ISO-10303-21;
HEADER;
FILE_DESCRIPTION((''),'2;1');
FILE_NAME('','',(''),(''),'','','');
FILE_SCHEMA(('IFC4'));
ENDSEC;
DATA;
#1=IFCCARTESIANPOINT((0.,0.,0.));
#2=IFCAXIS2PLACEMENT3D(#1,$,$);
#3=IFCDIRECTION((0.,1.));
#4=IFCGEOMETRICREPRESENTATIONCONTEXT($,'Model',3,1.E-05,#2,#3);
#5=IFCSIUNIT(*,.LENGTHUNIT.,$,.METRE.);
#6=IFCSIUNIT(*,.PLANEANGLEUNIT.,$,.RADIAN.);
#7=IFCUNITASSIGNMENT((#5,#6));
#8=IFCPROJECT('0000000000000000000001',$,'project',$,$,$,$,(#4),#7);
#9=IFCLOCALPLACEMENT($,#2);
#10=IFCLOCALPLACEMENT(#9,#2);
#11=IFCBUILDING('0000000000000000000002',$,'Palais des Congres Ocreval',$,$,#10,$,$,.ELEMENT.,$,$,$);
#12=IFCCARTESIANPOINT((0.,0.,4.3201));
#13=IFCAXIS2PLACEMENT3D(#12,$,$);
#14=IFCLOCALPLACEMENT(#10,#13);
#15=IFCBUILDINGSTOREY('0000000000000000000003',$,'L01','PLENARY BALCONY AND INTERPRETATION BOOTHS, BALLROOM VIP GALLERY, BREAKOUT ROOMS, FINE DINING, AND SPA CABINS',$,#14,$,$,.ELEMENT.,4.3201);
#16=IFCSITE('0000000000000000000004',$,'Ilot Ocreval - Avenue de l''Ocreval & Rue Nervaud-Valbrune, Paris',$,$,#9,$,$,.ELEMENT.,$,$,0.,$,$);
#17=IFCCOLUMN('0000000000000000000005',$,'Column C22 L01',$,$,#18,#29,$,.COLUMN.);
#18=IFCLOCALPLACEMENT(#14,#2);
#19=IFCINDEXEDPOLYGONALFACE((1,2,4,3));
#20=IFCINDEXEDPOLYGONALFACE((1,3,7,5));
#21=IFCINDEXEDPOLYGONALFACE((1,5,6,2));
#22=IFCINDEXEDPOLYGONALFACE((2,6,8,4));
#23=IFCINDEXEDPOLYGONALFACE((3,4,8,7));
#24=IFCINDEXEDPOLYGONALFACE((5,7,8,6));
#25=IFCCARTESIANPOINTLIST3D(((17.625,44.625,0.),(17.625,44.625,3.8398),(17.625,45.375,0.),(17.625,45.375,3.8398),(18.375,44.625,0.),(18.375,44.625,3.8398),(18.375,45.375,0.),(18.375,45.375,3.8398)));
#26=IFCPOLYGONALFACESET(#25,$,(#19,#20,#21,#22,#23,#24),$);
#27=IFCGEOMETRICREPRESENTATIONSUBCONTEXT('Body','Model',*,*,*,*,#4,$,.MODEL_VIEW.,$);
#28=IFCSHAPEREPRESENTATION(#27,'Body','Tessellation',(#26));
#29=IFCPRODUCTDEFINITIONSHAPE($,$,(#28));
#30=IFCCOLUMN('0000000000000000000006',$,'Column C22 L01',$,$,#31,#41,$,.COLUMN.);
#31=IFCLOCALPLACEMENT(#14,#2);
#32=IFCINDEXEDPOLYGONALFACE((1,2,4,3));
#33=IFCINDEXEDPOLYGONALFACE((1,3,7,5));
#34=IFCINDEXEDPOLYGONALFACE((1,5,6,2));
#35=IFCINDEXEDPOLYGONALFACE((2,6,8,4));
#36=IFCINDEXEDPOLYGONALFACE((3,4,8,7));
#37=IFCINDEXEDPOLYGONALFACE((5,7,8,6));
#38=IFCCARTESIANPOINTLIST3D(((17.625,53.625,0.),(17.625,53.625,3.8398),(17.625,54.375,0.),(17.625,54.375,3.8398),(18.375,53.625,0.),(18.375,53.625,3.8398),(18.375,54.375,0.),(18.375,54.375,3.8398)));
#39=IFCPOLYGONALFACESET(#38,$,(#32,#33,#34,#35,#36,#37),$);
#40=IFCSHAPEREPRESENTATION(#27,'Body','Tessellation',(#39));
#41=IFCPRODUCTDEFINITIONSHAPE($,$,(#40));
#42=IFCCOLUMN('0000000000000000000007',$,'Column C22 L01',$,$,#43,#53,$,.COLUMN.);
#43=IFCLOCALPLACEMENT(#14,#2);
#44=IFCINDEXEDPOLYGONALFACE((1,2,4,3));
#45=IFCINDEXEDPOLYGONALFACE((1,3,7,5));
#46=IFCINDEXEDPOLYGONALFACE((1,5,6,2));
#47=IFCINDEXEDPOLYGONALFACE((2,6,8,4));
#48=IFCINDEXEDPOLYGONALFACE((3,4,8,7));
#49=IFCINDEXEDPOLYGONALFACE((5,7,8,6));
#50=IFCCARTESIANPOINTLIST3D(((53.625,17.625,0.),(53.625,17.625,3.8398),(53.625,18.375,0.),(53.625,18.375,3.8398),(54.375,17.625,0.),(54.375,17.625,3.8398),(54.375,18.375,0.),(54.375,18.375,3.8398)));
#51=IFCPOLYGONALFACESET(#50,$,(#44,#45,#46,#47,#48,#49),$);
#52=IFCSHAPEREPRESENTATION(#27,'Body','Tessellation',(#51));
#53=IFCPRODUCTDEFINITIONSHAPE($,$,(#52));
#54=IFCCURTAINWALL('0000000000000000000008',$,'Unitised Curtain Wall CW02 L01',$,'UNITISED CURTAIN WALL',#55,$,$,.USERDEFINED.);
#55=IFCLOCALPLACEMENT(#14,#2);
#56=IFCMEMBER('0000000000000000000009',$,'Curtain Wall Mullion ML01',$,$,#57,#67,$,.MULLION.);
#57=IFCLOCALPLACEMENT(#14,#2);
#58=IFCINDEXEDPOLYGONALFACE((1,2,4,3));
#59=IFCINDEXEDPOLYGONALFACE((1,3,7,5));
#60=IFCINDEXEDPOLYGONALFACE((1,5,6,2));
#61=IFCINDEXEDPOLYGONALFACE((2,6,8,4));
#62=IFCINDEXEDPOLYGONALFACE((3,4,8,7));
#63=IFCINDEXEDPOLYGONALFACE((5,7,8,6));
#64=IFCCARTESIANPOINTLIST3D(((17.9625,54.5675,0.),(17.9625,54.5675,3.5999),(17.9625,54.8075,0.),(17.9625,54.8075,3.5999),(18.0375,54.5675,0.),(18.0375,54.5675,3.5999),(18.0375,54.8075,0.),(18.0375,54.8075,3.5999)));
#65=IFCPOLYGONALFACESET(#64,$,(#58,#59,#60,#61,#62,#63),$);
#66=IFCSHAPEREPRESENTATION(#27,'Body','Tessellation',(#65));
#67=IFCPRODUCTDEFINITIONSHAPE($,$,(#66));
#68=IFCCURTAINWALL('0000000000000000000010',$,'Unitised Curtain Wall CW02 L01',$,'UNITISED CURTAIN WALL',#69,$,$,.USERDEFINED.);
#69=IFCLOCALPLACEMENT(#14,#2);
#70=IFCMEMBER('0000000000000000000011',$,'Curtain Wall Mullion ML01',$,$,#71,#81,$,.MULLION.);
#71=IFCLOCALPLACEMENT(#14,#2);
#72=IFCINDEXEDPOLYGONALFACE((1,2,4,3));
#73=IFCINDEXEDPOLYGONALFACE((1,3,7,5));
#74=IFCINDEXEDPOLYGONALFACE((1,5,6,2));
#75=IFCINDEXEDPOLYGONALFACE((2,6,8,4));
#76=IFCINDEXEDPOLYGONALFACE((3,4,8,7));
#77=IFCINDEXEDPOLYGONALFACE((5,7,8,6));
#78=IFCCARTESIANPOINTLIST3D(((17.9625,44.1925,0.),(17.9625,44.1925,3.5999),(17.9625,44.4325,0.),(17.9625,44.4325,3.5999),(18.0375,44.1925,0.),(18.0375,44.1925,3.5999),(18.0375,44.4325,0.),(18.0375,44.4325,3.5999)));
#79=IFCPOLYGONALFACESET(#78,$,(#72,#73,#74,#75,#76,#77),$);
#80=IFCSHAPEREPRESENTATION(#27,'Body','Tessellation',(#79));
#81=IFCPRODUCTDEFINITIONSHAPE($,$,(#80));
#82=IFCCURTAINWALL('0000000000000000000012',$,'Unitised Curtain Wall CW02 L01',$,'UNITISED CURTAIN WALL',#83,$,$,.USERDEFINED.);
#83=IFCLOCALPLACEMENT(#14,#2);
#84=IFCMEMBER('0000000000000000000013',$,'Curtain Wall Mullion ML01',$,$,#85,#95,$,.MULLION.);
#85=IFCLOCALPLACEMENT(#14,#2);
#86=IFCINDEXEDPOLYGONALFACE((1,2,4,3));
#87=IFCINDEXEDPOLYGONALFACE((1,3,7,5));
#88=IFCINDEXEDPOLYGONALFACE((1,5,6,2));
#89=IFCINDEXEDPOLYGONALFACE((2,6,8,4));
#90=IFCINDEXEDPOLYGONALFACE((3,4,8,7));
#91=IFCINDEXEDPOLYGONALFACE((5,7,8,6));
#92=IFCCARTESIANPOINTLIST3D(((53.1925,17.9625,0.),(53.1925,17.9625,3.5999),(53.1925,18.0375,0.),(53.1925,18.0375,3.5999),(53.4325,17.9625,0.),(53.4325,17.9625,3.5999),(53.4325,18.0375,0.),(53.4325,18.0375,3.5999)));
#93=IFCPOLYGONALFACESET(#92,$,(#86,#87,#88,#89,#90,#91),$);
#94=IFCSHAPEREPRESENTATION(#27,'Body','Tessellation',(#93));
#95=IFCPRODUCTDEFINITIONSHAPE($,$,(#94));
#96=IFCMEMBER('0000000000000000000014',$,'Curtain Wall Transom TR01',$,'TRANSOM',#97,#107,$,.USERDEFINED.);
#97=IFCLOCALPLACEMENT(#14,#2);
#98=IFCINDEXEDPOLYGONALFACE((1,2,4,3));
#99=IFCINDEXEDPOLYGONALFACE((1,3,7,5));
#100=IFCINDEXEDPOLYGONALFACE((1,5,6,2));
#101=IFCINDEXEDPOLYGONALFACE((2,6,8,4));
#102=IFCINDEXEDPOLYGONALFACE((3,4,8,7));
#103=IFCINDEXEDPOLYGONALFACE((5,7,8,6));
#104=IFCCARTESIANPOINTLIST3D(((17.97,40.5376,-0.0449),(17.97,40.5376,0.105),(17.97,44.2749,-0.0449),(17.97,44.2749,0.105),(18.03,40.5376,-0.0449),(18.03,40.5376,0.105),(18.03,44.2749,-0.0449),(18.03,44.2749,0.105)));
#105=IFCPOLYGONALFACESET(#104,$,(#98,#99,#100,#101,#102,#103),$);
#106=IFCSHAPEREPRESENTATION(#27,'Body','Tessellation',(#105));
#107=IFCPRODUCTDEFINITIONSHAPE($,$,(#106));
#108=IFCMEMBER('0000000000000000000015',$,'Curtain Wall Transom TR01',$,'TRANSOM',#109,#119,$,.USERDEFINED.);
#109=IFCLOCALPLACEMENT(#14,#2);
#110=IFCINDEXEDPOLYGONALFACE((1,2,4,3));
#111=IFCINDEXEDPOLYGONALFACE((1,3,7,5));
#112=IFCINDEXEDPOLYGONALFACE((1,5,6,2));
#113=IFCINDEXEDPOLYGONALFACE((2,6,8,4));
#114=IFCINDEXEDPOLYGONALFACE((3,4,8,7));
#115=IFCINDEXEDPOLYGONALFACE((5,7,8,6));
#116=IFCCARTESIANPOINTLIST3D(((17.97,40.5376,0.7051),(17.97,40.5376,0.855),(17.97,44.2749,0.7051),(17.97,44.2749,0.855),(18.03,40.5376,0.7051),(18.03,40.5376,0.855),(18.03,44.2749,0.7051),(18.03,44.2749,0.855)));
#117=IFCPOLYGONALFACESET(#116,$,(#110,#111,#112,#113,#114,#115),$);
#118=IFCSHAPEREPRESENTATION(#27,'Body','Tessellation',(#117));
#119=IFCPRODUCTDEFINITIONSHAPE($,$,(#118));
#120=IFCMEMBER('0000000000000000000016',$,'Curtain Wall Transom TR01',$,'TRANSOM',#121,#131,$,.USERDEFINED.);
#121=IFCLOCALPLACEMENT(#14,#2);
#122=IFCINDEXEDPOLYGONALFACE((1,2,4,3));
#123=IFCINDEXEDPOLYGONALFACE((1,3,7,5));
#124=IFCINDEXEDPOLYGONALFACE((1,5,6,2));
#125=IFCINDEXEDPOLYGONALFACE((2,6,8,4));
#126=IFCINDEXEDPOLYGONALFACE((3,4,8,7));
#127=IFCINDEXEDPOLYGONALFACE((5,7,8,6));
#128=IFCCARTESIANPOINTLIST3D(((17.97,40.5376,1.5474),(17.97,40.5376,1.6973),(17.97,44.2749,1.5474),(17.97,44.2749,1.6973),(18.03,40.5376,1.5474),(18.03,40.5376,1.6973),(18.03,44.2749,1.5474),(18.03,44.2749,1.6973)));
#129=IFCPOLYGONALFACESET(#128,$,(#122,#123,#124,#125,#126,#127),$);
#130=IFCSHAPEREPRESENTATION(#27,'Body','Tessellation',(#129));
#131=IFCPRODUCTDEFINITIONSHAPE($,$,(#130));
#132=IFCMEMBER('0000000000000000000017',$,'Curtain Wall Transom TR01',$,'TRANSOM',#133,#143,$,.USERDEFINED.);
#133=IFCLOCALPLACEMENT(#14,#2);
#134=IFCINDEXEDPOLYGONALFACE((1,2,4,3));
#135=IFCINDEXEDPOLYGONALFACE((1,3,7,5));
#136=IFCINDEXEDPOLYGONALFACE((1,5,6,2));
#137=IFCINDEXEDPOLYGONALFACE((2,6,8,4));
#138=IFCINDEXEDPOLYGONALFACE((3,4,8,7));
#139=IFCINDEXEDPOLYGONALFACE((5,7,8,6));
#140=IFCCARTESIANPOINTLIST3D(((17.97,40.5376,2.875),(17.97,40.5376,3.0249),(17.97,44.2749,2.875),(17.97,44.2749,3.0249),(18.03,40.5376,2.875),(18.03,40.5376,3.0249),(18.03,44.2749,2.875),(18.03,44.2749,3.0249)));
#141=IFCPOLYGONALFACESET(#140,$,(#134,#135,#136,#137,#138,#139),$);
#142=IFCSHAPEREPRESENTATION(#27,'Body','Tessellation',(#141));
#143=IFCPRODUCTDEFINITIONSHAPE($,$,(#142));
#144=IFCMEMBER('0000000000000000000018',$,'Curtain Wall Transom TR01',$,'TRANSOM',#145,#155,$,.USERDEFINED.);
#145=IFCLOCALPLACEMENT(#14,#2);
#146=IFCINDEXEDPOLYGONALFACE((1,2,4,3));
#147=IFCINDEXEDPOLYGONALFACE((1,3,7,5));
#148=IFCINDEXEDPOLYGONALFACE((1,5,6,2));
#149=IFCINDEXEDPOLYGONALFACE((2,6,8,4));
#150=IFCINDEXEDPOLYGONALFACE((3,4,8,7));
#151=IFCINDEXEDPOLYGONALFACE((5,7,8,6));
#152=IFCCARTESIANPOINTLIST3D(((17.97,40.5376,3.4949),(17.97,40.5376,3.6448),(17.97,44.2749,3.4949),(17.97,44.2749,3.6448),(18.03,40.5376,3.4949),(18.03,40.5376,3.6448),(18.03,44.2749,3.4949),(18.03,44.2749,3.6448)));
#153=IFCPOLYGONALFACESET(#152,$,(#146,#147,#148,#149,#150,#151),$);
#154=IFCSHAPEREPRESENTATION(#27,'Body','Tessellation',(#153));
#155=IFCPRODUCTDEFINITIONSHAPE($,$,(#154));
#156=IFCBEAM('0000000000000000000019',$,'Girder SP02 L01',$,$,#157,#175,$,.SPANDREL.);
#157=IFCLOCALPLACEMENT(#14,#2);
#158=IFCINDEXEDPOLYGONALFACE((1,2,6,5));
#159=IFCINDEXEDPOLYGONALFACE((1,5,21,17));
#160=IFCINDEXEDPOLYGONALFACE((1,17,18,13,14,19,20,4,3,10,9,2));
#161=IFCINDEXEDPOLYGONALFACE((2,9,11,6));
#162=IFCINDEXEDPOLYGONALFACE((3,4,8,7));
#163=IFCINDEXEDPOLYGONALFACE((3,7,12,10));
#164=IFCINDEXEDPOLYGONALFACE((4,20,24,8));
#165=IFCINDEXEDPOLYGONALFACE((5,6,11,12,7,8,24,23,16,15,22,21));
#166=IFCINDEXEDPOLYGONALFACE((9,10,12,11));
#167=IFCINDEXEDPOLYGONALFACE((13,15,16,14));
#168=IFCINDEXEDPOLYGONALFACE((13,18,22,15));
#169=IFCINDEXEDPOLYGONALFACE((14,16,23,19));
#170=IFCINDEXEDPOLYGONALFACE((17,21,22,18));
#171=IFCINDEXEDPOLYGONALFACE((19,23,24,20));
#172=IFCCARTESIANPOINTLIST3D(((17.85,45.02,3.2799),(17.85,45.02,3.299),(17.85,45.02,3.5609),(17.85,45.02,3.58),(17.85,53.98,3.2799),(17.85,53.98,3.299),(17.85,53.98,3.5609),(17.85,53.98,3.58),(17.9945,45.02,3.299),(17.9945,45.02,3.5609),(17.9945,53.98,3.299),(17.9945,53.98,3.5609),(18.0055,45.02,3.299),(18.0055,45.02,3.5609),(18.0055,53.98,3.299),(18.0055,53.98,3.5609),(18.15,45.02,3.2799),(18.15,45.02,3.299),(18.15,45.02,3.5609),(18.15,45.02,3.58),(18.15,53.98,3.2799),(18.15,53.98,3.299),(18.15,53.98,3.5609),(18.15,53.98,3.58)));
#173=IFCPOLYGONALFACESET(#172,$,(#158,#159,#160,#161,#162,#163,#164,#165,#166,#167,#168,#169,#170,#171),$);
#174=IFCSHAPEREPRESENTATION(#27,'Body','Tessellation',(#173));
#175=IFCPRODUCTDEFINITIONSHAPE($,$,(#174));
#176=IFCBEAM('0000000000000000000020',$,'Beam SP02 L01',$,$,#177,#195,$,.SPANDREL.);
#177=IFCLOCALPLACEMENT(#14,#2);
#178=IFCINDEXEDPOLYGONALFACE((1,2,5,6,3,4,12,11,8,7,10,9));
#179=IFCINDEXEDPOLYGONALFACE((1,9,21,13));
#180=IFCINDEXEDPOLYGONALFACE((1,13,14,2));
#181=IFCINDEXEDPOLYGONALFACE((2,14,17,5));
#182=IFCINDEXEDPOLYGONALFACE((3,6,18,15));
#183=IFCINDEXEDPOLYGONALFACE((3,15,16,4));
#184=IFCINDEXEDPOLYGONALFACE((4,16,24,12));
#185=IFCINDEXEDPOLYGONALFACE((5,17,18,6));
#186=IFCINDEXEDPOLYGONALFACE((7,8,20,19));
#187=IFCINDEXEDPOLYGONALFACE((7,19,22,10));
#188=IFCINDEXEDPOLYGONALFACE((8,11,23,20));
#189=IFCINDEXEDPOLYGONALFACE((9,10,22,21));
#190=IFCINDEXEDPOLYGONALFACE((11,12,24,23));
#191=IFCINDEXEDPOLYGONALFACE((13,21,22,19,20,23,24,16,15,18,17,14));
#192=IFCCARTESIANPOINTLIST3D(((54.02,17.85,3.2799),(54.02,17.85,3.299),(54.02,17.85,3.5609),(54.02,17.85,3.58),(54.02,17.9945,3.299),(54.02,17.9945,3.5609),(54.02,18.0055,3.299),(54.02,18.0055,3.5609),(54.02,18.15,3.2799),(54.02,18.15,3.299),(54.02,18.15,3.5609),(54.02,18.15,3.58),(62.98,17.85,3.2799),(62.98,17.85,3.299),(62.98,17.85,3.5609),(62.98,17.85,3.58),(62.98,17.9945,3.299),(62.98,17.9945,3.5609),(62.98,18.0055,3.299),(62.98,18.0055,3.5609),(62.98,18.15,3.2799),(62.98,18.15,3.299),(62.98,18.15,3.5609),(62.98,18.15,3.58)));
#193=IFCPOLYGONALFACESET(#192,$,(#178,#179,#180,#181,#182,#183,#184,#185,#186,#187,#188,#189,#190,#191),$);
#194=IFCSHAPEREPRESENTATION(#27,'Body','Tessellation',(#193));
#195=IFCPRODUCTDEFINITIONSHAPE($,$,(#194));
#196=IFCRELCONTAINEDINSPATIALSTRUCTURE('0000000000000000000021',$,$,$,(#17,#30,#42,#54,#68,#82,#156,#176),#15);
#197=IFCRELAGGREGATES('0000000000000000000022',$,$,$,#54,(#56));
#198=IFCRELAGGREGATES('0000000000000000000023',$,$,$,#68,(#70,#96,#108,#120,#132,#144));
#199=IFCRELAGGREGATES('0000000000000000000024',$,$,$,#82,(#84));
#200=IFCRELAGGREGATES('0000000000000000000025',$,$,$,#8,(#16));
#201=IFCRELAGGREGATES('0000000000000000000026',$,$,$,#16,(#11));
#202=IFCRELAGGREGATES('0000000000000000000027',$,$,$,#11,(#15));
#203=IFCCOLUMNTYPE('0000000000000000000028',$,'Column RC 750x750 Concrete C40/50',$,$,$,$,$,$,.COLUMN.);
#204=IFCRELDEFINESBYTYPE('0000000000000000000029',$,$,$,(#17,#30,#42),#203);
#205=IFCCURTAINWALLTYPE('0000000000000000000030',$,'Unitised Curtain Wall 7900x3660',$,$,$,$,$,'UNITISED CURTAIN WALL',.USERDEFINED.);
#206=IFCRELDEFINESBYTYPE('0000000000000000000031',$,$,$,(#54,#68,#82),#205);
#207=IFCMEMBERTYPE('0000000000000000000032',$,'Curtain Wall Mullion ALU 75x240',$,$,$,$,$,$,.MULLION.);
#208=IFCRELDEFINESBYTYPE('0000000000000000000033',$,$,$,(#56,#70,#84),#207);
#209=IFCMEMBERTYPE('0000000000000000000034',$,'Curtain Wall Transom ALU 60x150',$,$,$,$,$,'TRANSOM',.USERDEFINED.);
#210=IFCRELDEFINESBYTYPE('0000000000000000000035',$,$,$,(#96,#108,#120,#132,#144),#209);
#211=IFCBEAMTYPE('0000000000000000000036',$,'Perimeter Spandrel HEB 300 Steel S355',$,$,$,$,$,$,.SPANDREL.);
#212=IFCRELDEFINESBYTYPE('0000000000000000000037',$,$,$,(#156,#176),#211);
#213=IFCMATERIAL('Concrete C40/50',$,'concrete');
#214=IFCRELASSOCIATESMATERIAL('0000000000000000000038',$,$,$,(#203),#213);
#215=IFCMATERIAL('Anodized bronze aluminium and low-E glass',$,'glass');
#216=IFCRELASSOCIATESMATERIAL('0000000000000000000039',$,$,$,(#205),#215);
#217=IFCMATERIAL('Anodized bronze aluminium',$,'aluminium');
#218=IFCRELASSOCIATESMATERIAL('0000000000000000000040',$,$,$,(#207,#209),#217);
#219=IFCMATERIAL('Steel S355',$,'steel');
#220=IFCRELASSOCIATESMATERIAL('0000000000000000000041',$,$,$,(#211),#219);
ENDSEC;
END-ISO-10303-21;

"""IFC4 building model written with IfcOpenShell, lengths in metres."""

from ifc_helpers import new_model, si_unit, direction, frame, origin, origin_2d, place, context, subcontext, project, spatial, rectangle, i_section, extrude, material, material_profile, profile_set, type_object, element, aggregate, save


model = new_model("IFC4")

# Units and contexts
model_context = context("Model", 3, precision=1e-05, world=origin(), true_north=direction((0.0, 1.0)))
body_context = subcontext(model_context, "Body", "Model", "MODEL_VIEW")
ifc_project = project(units=[si_unit("LENGTHUNIT", "METRE"), si_unit("PLANEANGLEUNIT", "RADIAN")], contexts=[model_context])

# Site, building, storey
site_placement = place(None, origin())
site = spatial("IfcSite", under=ifc_project, at=site_placement, Name="Ilot Ocreval - Avenue de l'Ocreval & Rue Nervaud-Valbrune, Paris", CompositionType="ELEMENT", RefElevation=0.0)
building_placement = place(site_placement, origin())
building = spatial("IfcBuilding", under=site, at=building_placement, Name="Palais des Congres Ocreval", CompositionType="ELEMENT")
storey_placement = place(building_placement, frame((0.0, 0.0, 4.3201)))
storey = spatial("IfcBuildingStorey", under=building, at=storey_placement, Name="L01", Description="PLENARY BALCONY AND INTERPRETATION BOOTHS, BALLROOM VIP GALLERY, BREAKOUT ROOMS, FINE DINING, AND SPA CABINS", CompositionType="ELEMENT", Elevation=4.3201)

# Columns
ifc_material_1 = material(Name="Concrete C40/50", Category="concrete")
ifc_material_profile_1 = material_profile(ifc_material_1, rectangle(XDim=0.75, YDim=0.75, at=origin_2d()), Name="RC 750x750")
ifc_profile_set_1 = profile_set([ifc_material_profile_1], Name="Concrete C40/50")
column_type = type_object("IfcColumnType", Name="Column RC 750x750 Concrete C40/50", PredefinedType="COLUMN", material=ifc_profile_set_1)
for number, where, z_axis, x_axis, name in (
    (1, (18.0, 45.0, 0.0), (0.0, 0.0, 1.0), (1.0, 0.0, 0.0), "Column C22 L01"),
    (2, (18.0, 54.0, 0.0), (0.0, 0.0, 1.0), (1.0, 0.0, 0.0), "Column C22 L01"),
    (3, (54.0, 18.0, 0.0), (0.0, 0.0, 1.0), (1.0, 0.0, 0.0), "Column C22 L01"),
):
    element("IfcColumn", number, at=place(storey_placement, frame(where, z_axis=z_axis, x_axis=x_axis)), inside=storey, type_object=column_type, Name=name, PredefinedType="COLUMN", context=body_context, shape_type="SweptSolid", body=[
        extrude(rectangle(XDim=0.75, YDim=0.75, at=origin_2d()), origin(), (0.0, 0.0, 1.0), 3.8398),
    ])

# Curtain walls, members
ifc_material_2 = material(Name="Anodized bronze aluminium and low-E glass", Category="glass")
curtain_wall_type = type_object("IfcCurtainWallType", Name="Unitised Curtain Wall 7900x3660", ElementType="UNITISED CURTAIN WALL", PredefinedType="USERDEFINED", material=ifc_material_2)
curtain_wall_1_placement = place(storey_placement, origin())
curtain_wall_1 = element("IfcCurtainWall", 4, at=curtain_wall_1_placement, inside=storey, type_object=curtain_wall_type, Name="Unitised Curtain Wall CW02 L01", ObjectType="UNITISED CURTAIN WALL", PredefinedType="USERDEFINED")
ifc_material_3 = material(Name="Anodized bronze aluminium", Category="aluminium")
ifc_material_profile_2 = material_profile(ifc_material_3, rectangle(XDim=0.075, YDim=0.24, at=origin_2d()), Name="ALU 75x240")
ifc_profile_set_2 = profile_set([ifc_material_profile_2], Name="Anodized bronze aluminium")
member_type_1 = type_object("IfcMemberType", Name="Curtain Wall Mullion ALU 75x240", PredefinedType="MULLION", material=ifc_profile_set_2)
member_1_placement = place(storey_placement, frame((18.0, 54.6875, 0.0), z_axis=(0.0, 0.0, 1.0), x_axis=(1.0, 0.0, 0.0)))
member_1 = element("IfcMember", 5, at=member_1_placement, type_object=member_type_1, Name="Curtain Wall Mullion ML01", PredefinedType="MULLION", context=body_context, shape_type="SweptSolid", body=[
    extrude(rectangle(XDim=0.075, YDim=0.24, at=origin_2d()), origin(), (0.0, 0.0, 1.0), 3.5999),
])
aggregate(curtain_wall_1, [member_1])
curtain_wall_2_placement = place(storey_placement, origin())
curtain_wall_2 = element("IfcCurtainWall", 6, at=curtain_wall_2_placement, inside=storey, type_object=curtain_wall_type, Name="Unitised Curtain Wall CW02 L01", ObjectType="UNITISED CURTAIN WALL", PredefinedType="USERDEFINED")
member_2_placement = place(storey_placement, frame((18.0, 44.3125, 0.0), z_axis=(0.0, 0.0, 1.0), x_axis=(1.0, 0.0, 0.0)))
member_2 = element("IfcMember", 7, at=member_2_placement, type_object=member_type_1, Name="Curtain Wall Mullion ML01", PredefinedType="MULLION", context=body_context, shape_type="SweptSolid", body=[
    extrude(rectangle(XDim=0.075, YDim=0.24, at=origin_2d()), origin(), (0.0, 0.0, 1.0), 3.5999),
])
curtain_wall_3_placement = place(storey_placement, origin())
curtain_wall_3 = element("IfcCurtainWall", 8, at=curtain_wall_3_placement, inside=storey, type_object=curtain_wall_type, Name="Unitised Curtain Wall CW02 L01", ObjectType="UNITISED CURTAIN WALL", PredefinedType="USERDEFINED")
member_3_placement = place(storey_placement, frame((53.3125, 18.0, 0.0), z_axis=(0.0, 0.0, 1.0), x_axis=(0.0, 1.0, 0.0)))
member_3 = element("IfcMember", 9, at=member_3_placement, type_object=member_type_1, Name="Curtain Wall Mullion ML01", PredefinedType="MULLION", context=body_context, shape_type="SweptSolid", body=[
    extrude(rectangle(XDim=0.075, YDim=0.24, at=origin_2d()), origin(), (0.0, 0.0, 1.0), 3.5999),
])

# Members
ifc_material_profile_3 = material_profile(ifc_material_3, rectangle(XDim=0.0601, YDim=0.1499, at=origin_2d()), Name="ALU 60x150")
ifc_profile_set_3 = profile_set([ifc_material_profile_3], Name="Anodized bronze aluminium")
member_type_2 = type_object("IfcMemberType", Name="Curtain Wall Transom ALU 60x150", ElementType="TRANSOM", PredefinedType="USERDEFINED", material=ifc_profile_set_3)
member_4_placement = place(storey_placement, frame((18.0, 44.2749, 0.03), z_axis=(0.0, -1.0, 0.0), x_axis=(1.0, 0.0, 0.0)))
member_4 = element("IfcMember", 10, at=member_4_placement, type_object=member_type_2, Name="Curtain Wall Transom TR01", ObjectType="TRANSOM", PredefinedType="USERDEFINED", context=body_context, shape_type="SweptSolid", body=[
    extrude(rectangle(XDim=0.0601, YDim=0.1499, at=origin_2d()), origin(), (0.0, 0.0, 1.0), 3.7373),
])
member_5_placement = place(storey_placement, frame((18.0, 44.2749, 0.78), z_axis=(0.0, -1.0, 0.0), x_axis=(1.0, 0.0, 0.0)))
member_5 = element("IfcMember", 11, at=member_5_placement, type_object=member_type_2, Name="Curtain Wall Transom TR01", ObjectType="TRANSOM", PredefinedType="USERDEFINED", context=body_context, shape_type="SweptSolid", body=[
    extrude(rectangle(XDim=0.0601, YDim=0.1499, at=origin_2d()), origin(), (0.0, 0.0, 1.0), 3.7373),
])
member_6_placement = place(storey_placement, frame((18.0, 44.2749, 1.6223), z_axis=(0.0, -1.0, 0.0), x_axis=(1.0, 0.0, 0.0)))
member_6 = element("IfcMember", 12, at=member_6_placement, type_object=member_type_2, Name="Curtain Wall Transom TR01", ObjectType="TRANSOM", PredefinedType="USERDEFINED", context=body_context, shape_type="SweptSolid", body=[
    extrude(rectangle(XDim=0.0601, YDim=0.1499, at=origin_2d()), origin(), (0.0, 0.0, 1.0), 3.7373),
])
member_7_placement = place(storey_placement, frame((18.0, 44.2749, 2.95), z_axis=(0.0, -1.0, 0.0), x_axis=(1.0, 0.0, 0.0)))
member_7 = element("IfcMember", 13, at=member_7_placement, type_object=member_type_2, Name="Curtain Wall Transom TR01", ObjectType="TRANSOM", PredefinedType="USERDEFINED", context=body_context, shape_type="SweptSolid", body=[
    extrude(rectangle(XDim=0.0601, YDim=0.1499, at=origin_2d()), origin(), (0.0, 0.0, 1.0), 3.7373),
])
member_8_placement = place(storey_placement, frame((18.0, 44.2749, 3.5698), z_axis=(0.0, -1.0, 0.0), x_axis=(1.0, 0.0, 0.0)))
member_8 = element("IfcMember", 14, at=member_8_placement, type_object=member_type_2, Name="Curtain Wall Transom TR01", ObjectType="TRANSOM", PredefinedType="USERDEFINED", context=body_context, shape_type="SweptSolid", body=[
    extrude(rectangle(XDim=0.0601, YDim=0.1499, at=origin_2d()), origin(), (0.0, 0.0, 1.0), 3.7373),
])

# Beams
ifc_material_4 = material(Name="Steel S355", Category="steel")
ifc_material_profile_4 = material_profile(ifc_material_4, i_section(OverallWidth=0.3, OverallDepth=0.3, WebThickness=0.011, FlangeThickness=0.019, at=origin_2d()), Name="HEB 300")
ifc_profile_set_4 = profile_set([ifc_material_profile_4], Name="Steel S355")
beam_type_1 = type_object("IfcBeamType", Name="Perimeter Spandrel HEB 300 Steel S355", PredefinedType="SPANDREL", material=ifc_profile_set_4)
for number, where, z_axis, x_axis, name in (
    (15, (18.0, 45.02, 3.4299), (0.0, 1.0, 0.0), (-1.0, 0.0, 0.0), "Girder SP02 L01"),
    (16, (54.02, 18.0, 3.4299), (1.0, 0.0, 0.0), (0.0, 1.0, 0.0), "Beam SP02 L01"),
):
    element("IfcBeam", number, at=place(storey_placement, frame(where, z_axis=z_axis, x_axis=x_axis)), inside=storey, type_object=beam_type_1, Name=name, PredefinedType="SPANDREL", context=body_context, shape_type="SweptSolid", body=[
        extrude(i_section(OverallWidth=0.3, OverallDepth=0.3, WebThickness=0.011, FlangeThickness=0.019, at=origin_2d()), origin(), (0.0, 0.0, 1.0), 8.96),
    ])

aggregate(curtain_wall_2, [member_2, member_4, member_5, member_6, member_7, member_8])
aggregate(curtain_wall_3, [member_3])

save(model, "model.ifc")
